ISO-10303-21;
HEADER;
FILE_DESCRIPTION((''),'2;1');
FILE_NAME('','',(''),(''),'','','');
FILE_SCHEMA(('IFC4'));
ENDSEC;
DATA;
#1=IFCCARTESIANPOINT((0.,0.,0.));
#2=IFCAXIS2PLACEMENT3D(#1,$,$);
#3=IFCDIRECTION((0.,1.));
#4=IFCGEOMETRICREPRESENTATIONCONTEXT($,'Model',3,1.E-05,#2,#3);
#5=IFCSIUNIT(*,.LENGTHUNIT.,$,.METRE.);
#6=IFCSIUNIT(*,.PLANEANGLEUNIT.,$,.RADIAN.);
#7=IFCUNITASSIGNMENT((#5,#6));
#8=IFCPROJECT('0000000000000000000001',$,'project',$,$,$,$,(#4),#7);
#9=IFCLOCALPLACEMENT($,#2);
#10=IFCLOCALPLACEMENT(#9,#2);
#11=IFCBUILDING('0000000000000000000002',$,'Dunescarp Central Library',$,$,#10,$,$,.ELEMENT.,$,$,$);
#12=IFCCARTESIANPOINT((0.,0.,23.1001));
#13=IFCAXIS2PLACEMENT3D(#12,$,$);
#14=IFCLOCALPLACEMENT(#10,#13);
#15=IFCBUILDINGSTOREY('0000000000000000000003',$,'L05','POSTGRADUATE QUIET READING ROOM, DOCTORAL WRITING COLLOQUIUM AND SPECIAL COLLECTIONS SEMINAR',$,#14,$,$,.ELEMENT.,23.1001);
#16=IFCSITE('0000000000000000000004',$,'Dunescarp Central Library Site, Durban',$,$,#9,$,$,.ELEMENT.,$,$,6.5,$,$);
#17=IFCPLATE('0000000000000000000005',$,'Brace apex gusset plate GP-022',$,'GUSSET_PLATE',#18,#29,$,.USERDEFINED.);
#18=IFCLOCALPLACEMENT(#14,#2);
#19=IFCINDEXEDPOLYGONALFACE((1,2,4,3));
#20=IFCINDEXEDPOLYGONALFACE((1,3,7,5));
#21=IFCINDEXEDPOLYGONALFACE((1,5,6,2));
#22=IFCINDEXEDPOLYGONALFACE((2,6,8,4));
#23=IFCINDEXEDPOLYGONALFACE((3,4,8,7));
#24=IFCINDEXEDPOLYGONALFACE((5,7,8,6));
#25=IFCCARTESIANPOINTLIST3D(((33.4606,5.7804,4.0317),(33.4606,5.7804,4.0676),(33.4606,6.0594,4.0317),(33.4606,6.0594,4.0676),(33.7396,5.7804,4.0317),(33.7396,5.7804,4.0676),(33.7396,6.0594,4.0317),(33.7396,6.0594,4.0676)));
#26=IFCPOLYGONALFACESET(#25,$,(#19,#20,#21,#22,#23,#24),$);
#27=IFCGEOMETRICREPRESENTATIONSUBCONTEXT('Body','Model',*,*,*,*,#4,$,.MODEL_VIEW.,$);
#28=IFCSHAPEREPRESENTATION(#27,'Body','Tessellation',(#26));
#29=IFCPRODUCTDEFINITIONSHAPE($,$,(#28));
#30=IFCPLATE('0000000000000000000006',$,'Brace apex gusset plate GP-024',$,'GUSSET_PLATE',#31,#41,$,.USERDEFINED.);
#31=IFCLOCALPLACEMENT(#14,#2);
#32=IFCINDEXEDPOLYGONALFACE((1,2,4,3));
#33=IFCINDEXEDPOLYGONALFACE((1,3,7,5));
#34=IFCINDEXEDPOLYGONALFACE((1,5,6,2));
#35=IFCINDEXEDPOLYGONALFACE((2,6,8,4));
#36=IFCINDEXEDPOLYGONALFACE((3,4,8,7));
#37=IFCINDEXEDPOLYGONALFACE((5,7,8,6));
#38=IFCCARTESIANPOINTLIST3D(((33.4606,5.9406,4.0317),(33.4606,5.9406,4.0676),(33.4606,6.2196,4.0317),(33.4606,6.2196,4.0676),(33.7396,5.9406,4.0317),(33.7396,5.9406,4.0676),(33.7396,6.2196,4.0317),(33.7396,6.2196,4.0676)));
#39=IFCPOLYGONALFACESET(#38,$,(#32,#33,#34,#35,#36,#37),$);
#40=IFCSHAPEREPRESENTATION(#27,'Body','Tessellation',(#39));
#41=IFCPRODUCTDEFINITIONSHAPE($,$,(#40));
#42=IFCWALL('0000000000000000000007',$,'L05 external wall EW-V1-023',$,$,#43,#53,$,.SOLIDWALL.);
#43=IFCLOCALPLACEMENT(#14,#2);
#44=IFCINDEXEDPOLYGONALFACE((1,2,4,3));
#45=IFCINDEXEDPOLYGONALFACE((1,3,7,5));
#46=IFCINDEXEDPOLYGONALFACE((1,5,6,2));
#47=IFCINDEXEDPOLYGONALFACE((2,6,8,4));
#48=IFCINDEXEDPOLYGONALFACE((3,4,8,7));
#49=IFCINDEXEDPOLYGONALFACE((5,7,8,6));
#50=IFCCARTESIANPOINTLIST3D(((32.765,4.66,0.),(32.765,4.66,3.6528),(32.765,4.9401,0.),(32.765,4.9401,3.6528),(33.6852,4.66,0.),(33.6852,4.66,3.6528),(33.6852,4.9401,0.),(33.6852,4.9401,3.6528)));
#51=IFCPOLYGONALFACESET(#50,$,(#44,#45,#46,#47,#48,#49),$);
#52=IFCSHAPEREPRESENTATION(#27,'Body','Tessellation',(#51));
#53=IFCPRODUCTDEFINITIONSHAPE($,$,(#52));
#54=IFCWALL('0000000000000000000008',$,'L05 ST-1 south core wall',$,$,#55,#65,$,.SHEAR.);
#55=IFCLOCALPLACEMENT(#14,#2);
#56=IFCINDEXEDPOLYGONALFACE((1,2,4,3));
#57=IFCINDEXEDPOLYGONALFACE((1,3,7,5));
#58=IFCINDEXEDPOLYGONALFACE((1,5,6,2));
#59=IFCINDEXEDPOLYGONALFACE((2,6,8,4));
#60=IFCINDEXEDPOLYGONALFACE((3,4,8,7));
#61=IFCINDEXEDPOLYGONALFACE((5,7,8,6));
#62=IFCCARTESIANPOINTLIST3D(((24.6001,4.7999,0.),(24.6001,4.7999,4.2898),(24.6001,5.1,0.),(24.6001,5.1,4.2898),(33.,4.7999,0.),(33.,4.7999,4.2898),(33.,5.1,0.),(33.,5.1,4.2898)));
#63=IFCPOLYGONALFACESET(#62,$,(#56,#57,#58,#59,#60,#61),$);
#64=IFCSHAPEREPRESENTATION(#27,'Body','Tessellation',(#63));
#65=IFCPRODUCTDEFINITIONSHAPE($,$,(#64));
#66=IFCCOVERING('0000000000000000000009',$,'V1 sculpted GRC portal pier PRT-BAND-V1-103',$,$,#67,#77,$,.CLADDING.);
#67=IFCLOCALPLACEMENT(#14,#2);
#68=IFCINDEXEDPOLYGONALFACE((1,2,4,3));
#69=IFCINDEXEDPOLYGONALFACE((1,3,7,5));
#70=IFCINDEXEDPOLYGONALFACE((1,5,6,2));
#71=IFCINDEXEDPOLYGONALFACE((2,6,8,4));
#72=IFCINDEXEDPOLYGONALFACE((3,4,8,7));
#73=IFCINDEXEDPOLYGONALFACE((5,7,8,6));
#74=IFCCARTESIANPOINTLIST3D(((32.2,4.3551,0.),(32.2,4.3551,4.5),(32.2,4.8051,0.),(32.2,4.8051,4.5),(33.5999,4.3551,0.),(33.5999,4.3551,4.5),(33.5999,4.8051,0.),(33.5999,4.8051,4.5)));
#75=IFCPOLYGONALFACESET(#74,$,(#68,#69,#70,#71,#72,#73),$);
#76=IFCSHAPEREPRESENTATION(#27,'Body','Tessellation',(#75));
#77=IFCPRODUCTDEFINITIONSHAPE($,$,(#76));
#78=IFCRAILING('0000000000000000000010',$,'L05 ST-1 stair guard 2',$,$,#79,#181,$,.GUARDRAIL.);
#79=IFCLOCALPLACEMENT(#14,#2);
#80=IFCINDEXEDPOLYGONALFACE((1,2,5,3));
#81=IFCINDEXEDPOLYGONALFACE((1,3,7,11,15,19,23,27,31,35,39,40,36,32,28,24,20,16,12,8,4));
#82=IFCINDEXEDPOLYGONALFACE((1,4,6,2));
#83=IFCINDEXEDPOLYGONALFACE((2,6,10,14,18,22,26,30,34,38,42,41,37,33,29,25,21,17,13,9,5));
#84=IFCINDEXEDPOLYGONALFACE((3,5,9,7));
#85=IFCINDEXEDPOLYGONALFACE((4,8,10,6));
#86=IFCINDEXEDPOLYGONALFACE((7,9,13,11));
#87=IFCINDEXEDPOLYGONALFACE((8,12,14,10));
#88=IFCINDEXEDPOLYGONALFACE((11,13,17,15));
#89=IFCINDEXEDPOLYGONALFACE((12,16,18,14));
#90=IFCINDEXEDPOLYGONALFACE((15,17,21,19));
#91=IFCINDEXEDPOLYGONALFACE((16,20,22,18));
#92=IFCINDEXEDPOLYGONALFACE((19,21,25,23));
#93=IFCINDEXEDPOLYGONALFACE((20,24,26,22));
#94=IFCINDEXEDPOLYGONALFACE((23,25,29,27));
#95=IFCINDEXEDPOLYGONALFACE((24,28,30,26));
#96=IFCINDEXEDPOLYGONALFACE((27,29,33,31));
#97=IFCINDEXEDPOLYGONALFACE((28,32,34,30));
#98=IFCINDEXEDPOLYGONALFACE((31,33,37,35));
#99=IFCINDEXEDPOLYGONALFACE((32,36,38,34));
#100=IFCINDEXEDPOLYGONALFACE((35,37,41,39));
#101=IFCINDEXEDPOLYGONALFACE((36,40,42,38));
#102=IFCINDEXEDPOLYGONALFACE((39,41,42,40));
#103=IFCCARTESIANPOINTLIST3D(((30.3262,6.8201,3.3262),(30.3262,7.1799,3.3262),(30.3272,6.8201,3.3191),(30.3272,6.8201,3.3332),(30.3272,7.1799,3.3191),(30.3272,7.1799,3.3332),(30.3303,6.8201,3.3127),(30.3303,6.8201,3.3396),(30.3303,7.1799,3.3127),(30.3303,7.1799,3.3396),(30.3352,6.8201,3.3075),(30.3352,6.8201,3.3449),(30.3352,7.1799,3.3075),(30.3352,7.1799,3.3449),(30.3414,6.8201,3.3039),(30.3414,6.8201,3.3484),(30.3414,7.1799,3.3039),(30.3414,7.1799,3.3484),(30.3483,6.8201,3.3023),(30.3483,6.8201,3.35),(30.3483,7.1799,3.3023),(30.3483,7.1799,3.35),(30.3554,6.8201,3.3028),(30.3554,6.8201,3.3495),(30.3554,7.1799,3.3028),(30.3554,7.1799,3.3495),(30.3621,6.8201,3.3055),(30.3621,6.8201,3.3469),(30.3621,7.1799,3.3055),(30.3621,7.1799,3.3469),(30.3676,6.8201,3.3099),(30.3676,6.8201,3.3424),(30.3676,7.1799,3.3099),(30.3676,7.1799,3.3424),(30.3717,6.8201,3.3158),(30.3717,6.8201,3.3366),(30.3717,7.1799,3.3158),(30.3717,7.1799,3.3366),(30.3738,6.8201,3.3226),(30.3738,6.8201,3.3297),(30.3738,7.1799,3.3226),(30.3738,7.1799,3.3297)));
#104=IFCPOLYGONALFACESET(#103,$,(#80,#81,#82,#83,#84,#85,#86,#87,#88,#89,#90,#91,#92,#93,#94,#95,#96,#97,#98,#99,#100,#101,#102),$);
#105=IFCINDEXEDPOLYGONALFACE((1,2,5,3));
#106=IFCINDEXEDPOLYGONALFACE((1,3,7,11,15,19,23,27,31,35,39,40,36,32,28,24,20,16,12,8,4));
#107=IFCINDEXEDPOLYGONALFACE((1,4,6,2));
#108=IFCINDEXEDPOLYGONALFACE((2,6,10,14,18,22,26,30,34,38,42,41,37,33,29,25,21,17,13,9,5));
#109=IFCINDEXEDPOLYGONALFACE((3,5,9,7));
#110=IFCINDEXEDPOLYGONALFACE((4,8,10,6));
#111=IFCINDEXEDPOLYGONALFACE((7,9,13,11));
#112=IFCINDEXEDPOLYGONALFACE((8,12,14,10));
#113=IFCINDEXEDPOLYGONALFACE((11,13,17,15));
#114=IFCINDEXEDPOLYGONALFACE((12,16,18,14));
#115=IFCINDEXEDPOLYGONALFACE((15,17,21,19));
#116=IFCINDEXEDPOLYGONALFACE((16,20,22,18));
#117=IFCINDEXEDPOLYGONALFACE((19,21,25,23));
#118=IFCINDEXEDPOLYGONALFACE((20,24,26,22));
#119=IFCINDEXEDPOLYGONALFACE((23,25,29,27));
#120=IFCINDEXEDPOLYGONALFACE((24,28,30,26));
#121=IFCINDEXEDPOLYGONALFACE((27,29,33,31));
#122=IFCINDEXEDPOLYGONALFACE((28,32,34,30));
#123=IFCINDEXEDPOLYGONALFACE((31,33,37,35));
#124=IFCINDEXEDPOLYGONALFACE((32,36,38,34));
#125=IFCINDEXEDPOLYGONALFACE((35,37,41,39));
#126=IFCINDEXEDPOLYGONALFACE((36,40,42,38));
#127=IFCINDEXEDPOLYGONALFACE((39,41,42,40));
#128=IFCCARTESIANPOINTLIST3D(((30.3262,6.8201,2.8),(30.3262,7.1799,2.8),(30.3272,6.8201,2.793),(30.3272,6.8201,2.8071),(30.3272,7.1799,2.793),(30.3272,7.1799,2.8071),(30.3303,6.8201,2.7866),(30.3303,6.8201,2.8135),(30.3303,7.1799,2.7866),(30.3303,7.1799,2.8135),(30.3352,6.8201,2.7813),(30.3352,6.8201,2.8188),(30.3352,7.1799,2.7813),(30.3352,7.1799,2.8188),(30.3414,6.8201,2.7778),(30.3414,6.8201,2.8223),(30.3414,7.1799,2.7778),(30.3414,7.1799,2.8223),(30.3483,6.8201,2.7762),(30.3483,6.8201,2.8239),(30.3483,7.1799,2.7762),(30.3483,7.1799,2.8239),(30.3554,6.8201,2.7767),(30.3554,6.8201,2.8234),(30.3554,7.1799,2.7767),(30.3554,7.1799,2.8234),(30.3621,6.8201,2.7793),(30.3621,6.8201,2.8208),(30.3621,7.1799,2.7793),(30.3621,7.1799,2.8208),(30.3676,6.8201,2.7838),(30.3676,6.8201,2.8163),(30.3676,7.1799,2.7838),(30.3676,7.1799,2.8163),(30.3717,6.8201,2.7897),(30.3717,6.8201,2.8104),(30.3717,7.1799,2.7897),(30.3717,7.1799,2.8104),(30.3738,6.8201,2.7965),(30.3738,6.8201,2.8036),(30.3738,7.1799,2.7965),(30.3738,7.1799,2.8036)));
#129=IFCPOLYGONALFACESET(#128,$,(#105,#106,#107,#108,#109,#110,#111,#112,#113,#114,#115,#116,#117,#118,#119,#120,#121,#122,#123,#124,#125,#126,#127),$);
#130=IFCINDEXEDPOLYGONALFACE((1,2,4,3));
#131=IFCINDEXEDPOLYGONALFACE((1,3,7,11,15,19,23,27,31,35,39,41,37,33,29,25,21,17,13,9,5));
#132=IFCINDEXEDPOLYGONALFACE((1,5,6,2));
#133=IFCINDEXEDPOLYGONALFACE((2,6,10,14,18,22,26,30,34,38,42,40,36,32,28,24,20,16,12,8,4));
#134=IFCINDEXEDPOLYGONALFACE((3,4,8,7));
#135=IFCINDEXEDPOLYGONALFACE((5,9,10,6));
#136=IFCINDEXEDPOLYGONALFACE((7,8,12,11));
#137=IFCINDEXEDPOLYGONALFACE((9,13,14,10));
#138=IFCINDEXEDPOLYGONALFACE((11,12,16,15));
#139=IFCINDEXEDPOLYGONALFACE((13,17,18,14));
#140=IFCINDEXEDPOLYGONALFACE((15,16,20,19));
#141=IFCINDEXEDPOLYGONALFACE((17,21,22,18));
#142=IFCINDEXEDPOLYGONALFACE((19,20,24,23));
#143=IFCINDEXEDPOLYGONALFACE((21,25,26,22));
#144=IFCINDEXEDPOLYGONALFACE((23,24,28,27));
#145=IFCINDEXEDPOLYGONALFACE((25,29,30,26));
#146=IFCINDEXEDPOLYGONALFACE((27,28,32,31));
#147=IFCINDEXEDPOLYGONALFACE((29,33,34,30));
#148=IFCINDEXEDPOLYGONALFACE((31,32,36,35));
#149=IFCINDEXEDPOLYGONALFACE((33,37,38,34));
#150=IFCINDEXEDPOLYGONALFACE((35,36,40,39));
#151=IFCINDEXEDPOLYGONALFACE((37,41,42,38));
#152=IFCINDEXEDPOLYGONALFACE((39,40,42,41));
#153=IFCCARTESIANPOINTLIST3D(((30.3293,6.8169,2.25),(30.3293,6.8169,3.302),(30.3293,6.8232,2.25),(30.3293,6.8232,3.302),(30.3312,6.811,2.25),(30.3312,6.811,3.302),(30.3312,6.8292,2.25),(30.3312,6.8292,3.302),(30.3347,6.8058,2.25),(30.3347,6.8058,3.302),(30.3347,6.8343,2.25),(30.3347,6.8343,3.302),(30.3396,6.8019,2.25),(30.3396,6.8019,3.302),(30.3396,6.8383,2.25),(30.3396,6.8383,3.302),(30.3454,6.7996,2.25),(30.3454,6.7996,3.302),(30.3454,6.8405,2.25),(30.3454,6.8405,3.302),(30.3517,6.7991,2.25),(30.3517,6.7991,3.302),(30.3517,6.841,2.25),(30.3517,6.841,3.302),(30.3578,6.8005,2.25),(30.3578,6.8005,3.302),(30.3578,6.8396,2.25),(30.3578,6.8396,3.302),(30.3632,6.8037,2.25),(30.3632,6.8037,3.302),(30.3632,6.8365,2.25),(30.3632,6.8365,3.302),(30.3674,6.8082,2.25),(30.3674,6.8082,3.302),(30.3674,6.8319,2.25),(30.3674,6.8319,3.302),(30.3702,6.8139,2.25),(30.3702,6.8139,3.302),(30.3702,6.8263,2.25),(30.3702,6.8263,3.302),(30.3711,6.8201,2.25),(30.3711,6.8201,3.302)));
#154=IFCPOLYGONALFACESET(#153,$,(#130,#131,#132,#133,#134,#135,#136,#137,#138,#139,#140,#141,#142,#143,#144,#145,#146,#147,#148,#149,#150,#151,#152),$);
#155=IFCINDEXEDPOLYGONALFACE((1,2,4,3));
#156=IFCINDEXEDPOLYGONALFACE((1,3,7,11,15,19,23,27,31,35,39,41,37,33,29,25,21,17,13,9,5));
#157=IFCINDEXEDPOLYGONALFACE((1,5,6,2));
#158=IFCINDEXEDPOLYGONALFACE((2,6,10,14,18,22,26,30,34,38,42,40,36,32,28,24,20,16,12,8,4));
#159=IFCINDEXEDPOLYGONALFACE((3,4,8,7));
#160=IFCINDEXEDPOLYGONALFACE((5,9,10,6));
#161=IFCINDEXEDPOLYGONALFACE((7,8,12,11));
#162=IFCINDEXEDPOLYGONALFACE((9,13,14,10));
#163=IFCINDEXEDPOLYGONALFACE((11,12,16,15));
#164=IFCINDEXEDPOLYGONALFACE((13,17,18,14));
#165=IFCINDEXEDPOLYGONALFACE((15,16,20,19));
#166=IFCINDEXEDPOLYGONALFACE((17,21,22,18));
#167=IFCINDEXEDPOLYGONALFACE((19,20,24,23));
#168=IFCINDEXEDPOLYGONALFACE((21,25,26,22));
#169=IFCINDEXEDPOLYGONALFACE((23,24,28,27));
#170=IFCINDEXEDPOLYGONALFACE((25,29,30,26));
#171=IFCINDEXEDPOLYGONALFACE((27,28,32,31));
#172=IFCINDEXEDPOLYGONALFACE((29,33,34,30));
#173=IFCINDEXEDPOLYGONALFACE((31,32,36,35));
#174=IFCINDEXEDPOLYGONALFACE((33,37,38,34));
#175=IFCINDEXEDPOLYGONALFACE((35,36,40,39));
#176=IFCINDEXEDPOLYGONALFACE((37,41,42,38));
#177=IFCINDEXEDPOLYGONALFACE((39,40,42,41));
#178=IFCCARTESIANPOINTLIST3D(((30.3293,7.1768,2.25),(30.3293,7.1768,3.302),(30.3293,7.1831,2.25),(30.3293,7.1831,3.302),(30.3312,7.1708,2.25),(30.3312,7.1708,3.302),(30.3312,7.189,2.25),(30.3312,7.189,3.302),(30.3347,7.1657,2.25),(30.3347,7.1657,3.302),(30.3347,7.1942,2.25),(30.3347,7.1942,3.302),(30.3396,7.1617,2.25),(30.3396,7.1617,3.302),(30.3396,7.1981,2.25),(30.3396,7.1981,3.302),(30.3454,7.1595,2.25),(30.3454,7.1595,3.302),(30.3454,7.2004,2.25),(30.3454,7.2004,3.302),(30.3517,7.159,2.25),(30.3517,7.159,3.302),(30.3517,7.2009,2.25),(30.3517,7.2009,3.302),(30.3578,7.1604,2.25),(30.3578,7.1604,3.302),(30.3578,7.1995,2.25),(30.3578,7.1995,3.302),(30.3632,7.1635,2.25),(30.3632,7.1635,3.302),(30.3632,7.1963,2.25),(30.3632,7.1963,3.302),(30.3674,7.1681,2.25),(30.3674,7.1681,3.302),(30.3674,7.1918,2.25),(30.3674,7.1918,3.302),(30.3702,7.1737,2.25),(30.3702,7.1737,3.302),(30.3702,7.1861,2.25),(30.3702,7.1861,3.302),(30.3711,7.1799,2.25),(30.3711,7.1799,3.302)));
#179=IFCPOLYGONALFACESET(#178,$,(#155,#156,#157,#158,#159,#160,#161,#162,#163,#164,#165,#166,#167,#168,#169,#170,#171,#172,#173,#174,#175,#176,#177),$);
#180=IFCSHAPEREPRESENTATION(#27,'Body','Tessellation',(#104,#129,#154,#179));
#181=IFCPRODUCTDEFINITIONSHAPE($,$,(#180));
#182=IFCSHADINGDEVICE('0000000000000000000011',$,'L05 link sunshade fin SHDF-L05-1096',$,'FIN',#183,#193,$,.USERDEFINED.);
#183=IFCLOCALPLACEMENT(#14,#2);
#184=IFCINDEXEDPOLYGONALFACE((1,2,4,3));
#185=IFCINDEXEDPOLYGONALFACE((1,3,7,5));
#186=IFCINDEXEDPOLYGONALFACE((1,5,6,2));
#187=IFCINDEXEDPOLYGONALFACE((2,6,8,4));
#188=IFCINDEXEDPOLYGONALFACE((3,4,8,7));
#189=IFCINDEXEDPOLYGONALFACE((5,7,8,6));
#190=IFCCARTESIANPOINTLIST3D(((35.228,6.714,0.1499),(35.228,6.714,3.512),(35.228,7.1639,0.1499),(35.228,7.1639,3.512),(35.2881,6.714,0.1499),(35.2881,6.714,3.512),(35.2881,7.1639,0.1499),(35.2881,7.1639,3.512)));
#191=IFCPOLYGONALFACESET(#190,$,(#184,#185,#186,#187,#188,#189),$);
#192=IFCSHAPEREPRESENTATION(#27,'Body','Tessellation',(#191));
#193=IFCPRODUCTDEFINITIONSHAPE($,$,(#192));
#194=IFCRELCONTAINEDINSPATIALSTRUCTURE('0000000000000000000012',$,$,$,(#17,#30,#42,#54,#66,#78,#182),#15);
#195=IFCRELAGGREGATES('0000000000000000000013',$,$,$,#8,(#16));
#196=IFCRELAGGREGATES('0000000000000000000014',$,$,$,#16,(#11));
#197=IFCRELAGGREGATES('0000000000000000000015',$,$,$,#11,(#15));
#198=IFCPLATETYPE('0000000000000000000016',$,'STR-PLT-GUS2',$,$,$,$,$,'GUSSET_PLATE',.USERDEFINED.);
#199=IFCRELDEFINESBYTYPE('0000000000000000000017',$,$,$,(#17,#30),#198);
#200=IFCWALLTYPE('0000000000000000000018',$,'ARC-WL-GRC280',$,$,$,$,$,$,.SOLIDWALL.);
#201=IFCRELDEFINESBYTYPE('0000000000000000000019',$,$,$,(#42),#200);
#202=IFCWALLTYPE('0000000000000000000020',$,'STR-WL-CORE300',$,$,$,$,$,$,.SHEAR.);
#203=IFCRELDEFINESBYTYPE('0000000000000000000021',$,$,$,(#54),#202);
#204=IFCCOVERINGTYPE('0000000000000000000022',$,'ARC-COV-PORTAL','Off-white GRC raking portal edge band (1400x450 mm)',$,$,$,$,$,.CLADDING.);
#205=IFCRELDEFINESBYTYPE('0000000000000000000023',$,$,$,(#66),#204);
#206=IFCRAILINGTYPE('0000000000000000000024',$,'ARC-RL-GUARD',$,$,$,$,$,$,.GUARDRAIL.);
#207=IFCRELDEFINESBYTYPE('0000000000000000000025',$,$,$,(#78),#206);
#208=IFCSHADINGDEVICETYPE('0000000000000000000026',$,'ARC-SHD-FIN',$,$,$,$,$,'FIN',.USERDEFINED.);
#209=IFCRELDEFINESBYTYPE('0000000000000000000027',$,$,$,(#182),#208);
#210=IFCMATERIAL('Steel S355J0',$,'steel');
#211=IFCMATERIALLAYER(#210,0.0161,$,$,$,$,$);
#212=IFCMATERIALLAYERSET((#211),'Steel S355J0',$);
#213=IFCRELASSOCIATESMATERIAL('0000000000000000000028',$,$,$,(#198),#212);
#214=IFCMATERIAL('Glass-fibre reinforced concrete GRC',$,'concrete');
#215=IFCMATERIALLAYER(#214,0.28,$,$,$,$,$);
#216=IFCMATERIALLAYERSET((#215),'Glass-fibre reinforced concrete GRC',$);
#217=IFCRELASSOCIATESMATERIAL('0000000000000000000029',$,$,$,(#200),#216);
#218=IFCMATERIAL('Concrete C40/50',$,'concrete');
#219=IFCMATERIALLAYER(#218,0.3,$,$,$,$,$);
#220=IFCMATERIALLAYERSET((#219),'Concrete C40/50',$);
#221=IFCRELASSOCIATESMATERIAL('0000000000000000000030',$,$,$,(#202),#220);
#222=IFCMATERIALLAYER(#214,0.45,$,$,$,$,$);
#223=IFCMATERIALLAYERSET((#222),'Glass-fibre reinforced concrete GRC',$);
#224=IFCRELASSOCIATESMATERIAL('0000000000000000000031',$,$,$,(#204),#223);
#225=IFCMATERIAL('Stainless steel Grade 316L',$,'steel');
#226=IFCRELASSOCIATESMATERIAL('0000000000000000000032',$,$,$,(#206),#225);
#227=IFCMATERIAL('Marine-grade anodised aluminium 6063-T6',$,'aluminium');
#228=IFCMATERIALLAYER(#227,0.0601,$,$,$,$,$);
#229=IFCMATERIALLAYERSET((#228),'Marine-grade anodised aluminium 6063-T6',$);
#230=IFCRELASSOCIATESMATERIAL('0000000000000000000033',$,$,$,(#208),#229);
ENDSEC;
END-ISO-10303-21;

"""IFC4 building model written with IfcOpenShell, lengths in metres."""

from ifc_helpers import new_model, si_unit, direction, frame, frame_2d, origin, origin_2d, place, context, subcontext, project, spatial, rectangle, circle, extrude, material, layer, layer_set, type_object, element, save


model = new_model("IFC4")

# Units and contexts
model_context = context("Model", 3, precision=1e-05, world=origin(), true_north=direction((0.0, 1.0)))
body_context = subcontext(model_context, "Body", "Model", "MODEL_VIEW")
ifc_project = project(units=[si_unit("LENGTHUNIT", "METRE"), si_unit("PLANEANGLEUNIT", "RADIAN")], contexts=[model_context])

# Site, building, storey
site_placement = place(None, origin())
site = spatial("IfcSite", under=ifc_project, at=site_placement, Name="Dunescarp Central Library Site, Durban", CompositionType="ELEMENT", RefElevation=6.5)
building_placement = place(site_placement, origin())
building = spatial("IfcBuilding", under=site, at=building_placement, Name="Dunescarp Central Library", CompositionType="ELEMENT")
storey_placement = place(building_placement, frame((0.0, 0.0, 23.1001)))
storey = spatial("IfcBuildingStorey", under=building, at=storey_placement, Name="L05", Description="POSTGRADUATE QUIET READING ROOM, DOCTORAL WRITING COLLOQUIUM AND SPECIAL COLLECTIONS SEMINAR", CompositionType="ELEMENT", Elevation=23.1001)

# Shared definitions
ifc_material_1 = material(Name="Marine-grade anodised aluminium 6063-T6", Category="aluminium")

# Shared definitions
ifc_material_2 = material(Name="Steel S355J0", Category="steel")

# Plates
ifc_layer_1 = layer(ifc_material_2, 0.0161)
ifc_layer_set_1 = layer_set([ifc_layer_1], Name="Steel S355J0")
plate_type_1 = type_object("IfcPlateType", Name="STR-PLT-GUS2", ElementType="GUSSET_PLATE", PredefinedType="USERDEFINED", material=ifc_layer_set_1)
for number, where, z_axis, x_axis, name in (
    (1, (33.6001, 5.9199, 4.0317), (0.0, 0.0, 1.0), (1.0, 0.0, 0.0), "Brace apex gusset plate GP-022"),
    (2, (33.6001, 6.0801, 4.0317), (0.0, 0.0, 1.0), (1.0, 0.0, 0.0), "Brace apex gusset plate GP-024"),
):
    element("IfcPlate", number, at=place(storey_placement, frame(where, z_axis=z_axis, x_axis=x_axis)), inside=storey, type_object=plate_type_1, Name=name, ObjectType="GUSSET_PLATE", PredefinedType="USERDEFINED", context=body_context, shape_type="SweptSolid", body=[
        extrude(rectangle(XDim=0.2791, YDim=0.2791, at=origin_2d()), origin(), (0.0, 0.0, 1.0), 0.0359),
    ])

# Walls
ifc_material_3 = material(Name="Glass-fibre reinforced concrete GRC", Category="concrete")
ifc_layer_2 = layer(ifc_material_3, 0.28)
ifc_layer_set_2 = layer_set([ifc_layer_2], Name="Glass-fibre reinforced concrete GRC")
wall_type_1 = type_object("IfcWallType", Name="ARC-WL-GRC280", PredefinedType="SOLIDWALL", material=ifc_layer_set_2)
wall_1_placement = place(storey_placement, frame((33.6851, 4.8, 0.0), z_axis=(0.0, 0.0, 1.0), x_axis=(-1.0, 0.0, 0.0)))
element("IfcWall", 3, at=wall_1_placement, inside=storey, type_object=wall_type_1, Name="L05 external wall EW-V1-023", PredefinedType="SOLIDWALL", context=body_context, shape_type="SweptSolid", body=[
    extrude(rectangle(XDim=0.9202, YDim=0.28, at=frame_2d((0.46, 0.0))), origin(), (0.0, 0.0, 1.0), 3.6528),
])
ifc_material_4 = material(Name="Concrete C40/50", Category="concrete")
ifc_layer_3 = layer(ifc_material_4, 0.3)
ifc_layer_set_3 = layer_set([ifc_layer_3], Name="Concrete C40/50")
wall_type_2 = type_object("IfcWallType", Name="STR-WL-CORE300", PredefinedType="SHEAR", material=ifc_layer_set_3)
wall_2_placement = place(storey_placement, frame((33.0, 4.95, 0.0), z_axis=(0.0, 0.0, 1.0), x_axis=(-1.0, 0.0, 0.0)))
element("IfcWall", 4, at=wall_2_placement, inside=storey, type_object=wall_type_2, Name="L05 ST-1 south core wall", PredefinedType="SHEAR", context=body_context, shape_type="SweptSolid", body=[
    extrude(rectangle(XDim=8.3999, YDim=0.3, at=frame_2d((4.2, 0.0))), origin(), (0.0, 0.0, 1.0), 4.2898),
])

# Covering
ifc_layer_4 = layer(ifc_material_3, 0.45)
ifc_layer_set_4 = layer_set([ifc_layer_4], Name="Glass-fibre reinforced concrete GRC")
covering_type = type_object("IfcCoveringType", Name="ARC-COV-PORTAL", Description="Off-white GRC raking portal edge band (1400x450 mm)", PredefinedType="CLADDING", material=ifc_layer_set_4)
covering_placement = place(storey_placement, frame((32.8999, 4.5801, 0.0), z_axis=(0.0, 0.0, 1.0), x_axis=(1.0, 0.0, 0.0)))
element("IfcCovering", 5, at=covering_placement, inside=storey, type_object=covering_type, Name="V1 sculpted GRC portal pier PRT-BAND-V1-103", PredefinedType="CLADDING", context=body_context, shape_type="SweptSolid", body=[
    extrude(rectangle(XDim=1.3999, YDim=0.45, at=origin_2d()), origin(), (0.0, 0.0, 1.0), 4.5),
])

# Railing
ifc_material_5 = material(Name="Stainless steel Grade 316L", Category="steel")
railing_type = type_object("IfcRailingType", Name="ARC-RL-GUARD", PredefinedType="GUARDRAIL", material=ifc_material_5)
railing_placement = place(storey_placement, frame((30.3501, 6.8201, 2.25)))
element("IfcRailing", 6, at=railing_placement, inside=storey, type_object=railing_type, Name="L05 ST-1 stair guard 2", PredefinedType="GUARDRAIL", context=body_context, shape_type="SweptSolid", body=[
    extrude(circle(Radius=0.0239, at=origin_2d()), frame((0.0, 0.0, 1.0762), z_axis=(0.0, 1.0, 0.0), x_axis=(-1.0, 0.0, 0.0)), (0.0, 0.0, 1.0), 0.3599),
    extrude(circle(Radius=0.0239, at=origin_2d()), frame((0.0, 0.0, 0.55), z_axis=(0.0, 1.0, 0.0), x_axis=(-1.0, 0.0, 0.0)), (0.0, 0.0, 1.0), 0.3599),
    extrude(circle(Radius=0.021, at=origin_2d()), origin(), (0.0, 0.0, 1.0), 1.052),
    extrude(circle(Radius=0.021, at=origin_2d()), frame((0.0, 0.3599, 0.0)), (0.0, 0.0, 1.0), 1.052),
])

# Shading device
ifc_layer_5 = layer(ifc_material_1, 0.0601)
ifc_layer_set_5 = layer_set([ifc_layer_5], Name="Marine-grade anodised aluminium 6063-T6")
shading_device_type = type_object("IfcShadingDeviceType", Name="ARC-SHD-FIN", ElementType="FIN", PredefinedType="USERDEFINED", material=ifc_layer_set_5)
shading_device_placement = place(storey_placement, frame((35.2581, 6.939, 0.1499), z_axis=(0.0, 0.0, 1.0), x_axis=(0.0, -1.0, 0.0)))
element("IfcShadingDevice", 7, at=shading_device_placement, inside=storey, type_object=shading_device_type, Name="L05 link sunshade fin SHDF-L05-1096", ObjectType="FIN", PredefinedType="USERDEFINED", context=body_context, shape_type="SweptSolid", body=[
    extrude(rectangle(XDim=0.45, YDim=0.0601, at=origin_2d()), origin(), (0.0, 0.0, 1.0), 3.3621),
])

save(model, "model.ifc")
